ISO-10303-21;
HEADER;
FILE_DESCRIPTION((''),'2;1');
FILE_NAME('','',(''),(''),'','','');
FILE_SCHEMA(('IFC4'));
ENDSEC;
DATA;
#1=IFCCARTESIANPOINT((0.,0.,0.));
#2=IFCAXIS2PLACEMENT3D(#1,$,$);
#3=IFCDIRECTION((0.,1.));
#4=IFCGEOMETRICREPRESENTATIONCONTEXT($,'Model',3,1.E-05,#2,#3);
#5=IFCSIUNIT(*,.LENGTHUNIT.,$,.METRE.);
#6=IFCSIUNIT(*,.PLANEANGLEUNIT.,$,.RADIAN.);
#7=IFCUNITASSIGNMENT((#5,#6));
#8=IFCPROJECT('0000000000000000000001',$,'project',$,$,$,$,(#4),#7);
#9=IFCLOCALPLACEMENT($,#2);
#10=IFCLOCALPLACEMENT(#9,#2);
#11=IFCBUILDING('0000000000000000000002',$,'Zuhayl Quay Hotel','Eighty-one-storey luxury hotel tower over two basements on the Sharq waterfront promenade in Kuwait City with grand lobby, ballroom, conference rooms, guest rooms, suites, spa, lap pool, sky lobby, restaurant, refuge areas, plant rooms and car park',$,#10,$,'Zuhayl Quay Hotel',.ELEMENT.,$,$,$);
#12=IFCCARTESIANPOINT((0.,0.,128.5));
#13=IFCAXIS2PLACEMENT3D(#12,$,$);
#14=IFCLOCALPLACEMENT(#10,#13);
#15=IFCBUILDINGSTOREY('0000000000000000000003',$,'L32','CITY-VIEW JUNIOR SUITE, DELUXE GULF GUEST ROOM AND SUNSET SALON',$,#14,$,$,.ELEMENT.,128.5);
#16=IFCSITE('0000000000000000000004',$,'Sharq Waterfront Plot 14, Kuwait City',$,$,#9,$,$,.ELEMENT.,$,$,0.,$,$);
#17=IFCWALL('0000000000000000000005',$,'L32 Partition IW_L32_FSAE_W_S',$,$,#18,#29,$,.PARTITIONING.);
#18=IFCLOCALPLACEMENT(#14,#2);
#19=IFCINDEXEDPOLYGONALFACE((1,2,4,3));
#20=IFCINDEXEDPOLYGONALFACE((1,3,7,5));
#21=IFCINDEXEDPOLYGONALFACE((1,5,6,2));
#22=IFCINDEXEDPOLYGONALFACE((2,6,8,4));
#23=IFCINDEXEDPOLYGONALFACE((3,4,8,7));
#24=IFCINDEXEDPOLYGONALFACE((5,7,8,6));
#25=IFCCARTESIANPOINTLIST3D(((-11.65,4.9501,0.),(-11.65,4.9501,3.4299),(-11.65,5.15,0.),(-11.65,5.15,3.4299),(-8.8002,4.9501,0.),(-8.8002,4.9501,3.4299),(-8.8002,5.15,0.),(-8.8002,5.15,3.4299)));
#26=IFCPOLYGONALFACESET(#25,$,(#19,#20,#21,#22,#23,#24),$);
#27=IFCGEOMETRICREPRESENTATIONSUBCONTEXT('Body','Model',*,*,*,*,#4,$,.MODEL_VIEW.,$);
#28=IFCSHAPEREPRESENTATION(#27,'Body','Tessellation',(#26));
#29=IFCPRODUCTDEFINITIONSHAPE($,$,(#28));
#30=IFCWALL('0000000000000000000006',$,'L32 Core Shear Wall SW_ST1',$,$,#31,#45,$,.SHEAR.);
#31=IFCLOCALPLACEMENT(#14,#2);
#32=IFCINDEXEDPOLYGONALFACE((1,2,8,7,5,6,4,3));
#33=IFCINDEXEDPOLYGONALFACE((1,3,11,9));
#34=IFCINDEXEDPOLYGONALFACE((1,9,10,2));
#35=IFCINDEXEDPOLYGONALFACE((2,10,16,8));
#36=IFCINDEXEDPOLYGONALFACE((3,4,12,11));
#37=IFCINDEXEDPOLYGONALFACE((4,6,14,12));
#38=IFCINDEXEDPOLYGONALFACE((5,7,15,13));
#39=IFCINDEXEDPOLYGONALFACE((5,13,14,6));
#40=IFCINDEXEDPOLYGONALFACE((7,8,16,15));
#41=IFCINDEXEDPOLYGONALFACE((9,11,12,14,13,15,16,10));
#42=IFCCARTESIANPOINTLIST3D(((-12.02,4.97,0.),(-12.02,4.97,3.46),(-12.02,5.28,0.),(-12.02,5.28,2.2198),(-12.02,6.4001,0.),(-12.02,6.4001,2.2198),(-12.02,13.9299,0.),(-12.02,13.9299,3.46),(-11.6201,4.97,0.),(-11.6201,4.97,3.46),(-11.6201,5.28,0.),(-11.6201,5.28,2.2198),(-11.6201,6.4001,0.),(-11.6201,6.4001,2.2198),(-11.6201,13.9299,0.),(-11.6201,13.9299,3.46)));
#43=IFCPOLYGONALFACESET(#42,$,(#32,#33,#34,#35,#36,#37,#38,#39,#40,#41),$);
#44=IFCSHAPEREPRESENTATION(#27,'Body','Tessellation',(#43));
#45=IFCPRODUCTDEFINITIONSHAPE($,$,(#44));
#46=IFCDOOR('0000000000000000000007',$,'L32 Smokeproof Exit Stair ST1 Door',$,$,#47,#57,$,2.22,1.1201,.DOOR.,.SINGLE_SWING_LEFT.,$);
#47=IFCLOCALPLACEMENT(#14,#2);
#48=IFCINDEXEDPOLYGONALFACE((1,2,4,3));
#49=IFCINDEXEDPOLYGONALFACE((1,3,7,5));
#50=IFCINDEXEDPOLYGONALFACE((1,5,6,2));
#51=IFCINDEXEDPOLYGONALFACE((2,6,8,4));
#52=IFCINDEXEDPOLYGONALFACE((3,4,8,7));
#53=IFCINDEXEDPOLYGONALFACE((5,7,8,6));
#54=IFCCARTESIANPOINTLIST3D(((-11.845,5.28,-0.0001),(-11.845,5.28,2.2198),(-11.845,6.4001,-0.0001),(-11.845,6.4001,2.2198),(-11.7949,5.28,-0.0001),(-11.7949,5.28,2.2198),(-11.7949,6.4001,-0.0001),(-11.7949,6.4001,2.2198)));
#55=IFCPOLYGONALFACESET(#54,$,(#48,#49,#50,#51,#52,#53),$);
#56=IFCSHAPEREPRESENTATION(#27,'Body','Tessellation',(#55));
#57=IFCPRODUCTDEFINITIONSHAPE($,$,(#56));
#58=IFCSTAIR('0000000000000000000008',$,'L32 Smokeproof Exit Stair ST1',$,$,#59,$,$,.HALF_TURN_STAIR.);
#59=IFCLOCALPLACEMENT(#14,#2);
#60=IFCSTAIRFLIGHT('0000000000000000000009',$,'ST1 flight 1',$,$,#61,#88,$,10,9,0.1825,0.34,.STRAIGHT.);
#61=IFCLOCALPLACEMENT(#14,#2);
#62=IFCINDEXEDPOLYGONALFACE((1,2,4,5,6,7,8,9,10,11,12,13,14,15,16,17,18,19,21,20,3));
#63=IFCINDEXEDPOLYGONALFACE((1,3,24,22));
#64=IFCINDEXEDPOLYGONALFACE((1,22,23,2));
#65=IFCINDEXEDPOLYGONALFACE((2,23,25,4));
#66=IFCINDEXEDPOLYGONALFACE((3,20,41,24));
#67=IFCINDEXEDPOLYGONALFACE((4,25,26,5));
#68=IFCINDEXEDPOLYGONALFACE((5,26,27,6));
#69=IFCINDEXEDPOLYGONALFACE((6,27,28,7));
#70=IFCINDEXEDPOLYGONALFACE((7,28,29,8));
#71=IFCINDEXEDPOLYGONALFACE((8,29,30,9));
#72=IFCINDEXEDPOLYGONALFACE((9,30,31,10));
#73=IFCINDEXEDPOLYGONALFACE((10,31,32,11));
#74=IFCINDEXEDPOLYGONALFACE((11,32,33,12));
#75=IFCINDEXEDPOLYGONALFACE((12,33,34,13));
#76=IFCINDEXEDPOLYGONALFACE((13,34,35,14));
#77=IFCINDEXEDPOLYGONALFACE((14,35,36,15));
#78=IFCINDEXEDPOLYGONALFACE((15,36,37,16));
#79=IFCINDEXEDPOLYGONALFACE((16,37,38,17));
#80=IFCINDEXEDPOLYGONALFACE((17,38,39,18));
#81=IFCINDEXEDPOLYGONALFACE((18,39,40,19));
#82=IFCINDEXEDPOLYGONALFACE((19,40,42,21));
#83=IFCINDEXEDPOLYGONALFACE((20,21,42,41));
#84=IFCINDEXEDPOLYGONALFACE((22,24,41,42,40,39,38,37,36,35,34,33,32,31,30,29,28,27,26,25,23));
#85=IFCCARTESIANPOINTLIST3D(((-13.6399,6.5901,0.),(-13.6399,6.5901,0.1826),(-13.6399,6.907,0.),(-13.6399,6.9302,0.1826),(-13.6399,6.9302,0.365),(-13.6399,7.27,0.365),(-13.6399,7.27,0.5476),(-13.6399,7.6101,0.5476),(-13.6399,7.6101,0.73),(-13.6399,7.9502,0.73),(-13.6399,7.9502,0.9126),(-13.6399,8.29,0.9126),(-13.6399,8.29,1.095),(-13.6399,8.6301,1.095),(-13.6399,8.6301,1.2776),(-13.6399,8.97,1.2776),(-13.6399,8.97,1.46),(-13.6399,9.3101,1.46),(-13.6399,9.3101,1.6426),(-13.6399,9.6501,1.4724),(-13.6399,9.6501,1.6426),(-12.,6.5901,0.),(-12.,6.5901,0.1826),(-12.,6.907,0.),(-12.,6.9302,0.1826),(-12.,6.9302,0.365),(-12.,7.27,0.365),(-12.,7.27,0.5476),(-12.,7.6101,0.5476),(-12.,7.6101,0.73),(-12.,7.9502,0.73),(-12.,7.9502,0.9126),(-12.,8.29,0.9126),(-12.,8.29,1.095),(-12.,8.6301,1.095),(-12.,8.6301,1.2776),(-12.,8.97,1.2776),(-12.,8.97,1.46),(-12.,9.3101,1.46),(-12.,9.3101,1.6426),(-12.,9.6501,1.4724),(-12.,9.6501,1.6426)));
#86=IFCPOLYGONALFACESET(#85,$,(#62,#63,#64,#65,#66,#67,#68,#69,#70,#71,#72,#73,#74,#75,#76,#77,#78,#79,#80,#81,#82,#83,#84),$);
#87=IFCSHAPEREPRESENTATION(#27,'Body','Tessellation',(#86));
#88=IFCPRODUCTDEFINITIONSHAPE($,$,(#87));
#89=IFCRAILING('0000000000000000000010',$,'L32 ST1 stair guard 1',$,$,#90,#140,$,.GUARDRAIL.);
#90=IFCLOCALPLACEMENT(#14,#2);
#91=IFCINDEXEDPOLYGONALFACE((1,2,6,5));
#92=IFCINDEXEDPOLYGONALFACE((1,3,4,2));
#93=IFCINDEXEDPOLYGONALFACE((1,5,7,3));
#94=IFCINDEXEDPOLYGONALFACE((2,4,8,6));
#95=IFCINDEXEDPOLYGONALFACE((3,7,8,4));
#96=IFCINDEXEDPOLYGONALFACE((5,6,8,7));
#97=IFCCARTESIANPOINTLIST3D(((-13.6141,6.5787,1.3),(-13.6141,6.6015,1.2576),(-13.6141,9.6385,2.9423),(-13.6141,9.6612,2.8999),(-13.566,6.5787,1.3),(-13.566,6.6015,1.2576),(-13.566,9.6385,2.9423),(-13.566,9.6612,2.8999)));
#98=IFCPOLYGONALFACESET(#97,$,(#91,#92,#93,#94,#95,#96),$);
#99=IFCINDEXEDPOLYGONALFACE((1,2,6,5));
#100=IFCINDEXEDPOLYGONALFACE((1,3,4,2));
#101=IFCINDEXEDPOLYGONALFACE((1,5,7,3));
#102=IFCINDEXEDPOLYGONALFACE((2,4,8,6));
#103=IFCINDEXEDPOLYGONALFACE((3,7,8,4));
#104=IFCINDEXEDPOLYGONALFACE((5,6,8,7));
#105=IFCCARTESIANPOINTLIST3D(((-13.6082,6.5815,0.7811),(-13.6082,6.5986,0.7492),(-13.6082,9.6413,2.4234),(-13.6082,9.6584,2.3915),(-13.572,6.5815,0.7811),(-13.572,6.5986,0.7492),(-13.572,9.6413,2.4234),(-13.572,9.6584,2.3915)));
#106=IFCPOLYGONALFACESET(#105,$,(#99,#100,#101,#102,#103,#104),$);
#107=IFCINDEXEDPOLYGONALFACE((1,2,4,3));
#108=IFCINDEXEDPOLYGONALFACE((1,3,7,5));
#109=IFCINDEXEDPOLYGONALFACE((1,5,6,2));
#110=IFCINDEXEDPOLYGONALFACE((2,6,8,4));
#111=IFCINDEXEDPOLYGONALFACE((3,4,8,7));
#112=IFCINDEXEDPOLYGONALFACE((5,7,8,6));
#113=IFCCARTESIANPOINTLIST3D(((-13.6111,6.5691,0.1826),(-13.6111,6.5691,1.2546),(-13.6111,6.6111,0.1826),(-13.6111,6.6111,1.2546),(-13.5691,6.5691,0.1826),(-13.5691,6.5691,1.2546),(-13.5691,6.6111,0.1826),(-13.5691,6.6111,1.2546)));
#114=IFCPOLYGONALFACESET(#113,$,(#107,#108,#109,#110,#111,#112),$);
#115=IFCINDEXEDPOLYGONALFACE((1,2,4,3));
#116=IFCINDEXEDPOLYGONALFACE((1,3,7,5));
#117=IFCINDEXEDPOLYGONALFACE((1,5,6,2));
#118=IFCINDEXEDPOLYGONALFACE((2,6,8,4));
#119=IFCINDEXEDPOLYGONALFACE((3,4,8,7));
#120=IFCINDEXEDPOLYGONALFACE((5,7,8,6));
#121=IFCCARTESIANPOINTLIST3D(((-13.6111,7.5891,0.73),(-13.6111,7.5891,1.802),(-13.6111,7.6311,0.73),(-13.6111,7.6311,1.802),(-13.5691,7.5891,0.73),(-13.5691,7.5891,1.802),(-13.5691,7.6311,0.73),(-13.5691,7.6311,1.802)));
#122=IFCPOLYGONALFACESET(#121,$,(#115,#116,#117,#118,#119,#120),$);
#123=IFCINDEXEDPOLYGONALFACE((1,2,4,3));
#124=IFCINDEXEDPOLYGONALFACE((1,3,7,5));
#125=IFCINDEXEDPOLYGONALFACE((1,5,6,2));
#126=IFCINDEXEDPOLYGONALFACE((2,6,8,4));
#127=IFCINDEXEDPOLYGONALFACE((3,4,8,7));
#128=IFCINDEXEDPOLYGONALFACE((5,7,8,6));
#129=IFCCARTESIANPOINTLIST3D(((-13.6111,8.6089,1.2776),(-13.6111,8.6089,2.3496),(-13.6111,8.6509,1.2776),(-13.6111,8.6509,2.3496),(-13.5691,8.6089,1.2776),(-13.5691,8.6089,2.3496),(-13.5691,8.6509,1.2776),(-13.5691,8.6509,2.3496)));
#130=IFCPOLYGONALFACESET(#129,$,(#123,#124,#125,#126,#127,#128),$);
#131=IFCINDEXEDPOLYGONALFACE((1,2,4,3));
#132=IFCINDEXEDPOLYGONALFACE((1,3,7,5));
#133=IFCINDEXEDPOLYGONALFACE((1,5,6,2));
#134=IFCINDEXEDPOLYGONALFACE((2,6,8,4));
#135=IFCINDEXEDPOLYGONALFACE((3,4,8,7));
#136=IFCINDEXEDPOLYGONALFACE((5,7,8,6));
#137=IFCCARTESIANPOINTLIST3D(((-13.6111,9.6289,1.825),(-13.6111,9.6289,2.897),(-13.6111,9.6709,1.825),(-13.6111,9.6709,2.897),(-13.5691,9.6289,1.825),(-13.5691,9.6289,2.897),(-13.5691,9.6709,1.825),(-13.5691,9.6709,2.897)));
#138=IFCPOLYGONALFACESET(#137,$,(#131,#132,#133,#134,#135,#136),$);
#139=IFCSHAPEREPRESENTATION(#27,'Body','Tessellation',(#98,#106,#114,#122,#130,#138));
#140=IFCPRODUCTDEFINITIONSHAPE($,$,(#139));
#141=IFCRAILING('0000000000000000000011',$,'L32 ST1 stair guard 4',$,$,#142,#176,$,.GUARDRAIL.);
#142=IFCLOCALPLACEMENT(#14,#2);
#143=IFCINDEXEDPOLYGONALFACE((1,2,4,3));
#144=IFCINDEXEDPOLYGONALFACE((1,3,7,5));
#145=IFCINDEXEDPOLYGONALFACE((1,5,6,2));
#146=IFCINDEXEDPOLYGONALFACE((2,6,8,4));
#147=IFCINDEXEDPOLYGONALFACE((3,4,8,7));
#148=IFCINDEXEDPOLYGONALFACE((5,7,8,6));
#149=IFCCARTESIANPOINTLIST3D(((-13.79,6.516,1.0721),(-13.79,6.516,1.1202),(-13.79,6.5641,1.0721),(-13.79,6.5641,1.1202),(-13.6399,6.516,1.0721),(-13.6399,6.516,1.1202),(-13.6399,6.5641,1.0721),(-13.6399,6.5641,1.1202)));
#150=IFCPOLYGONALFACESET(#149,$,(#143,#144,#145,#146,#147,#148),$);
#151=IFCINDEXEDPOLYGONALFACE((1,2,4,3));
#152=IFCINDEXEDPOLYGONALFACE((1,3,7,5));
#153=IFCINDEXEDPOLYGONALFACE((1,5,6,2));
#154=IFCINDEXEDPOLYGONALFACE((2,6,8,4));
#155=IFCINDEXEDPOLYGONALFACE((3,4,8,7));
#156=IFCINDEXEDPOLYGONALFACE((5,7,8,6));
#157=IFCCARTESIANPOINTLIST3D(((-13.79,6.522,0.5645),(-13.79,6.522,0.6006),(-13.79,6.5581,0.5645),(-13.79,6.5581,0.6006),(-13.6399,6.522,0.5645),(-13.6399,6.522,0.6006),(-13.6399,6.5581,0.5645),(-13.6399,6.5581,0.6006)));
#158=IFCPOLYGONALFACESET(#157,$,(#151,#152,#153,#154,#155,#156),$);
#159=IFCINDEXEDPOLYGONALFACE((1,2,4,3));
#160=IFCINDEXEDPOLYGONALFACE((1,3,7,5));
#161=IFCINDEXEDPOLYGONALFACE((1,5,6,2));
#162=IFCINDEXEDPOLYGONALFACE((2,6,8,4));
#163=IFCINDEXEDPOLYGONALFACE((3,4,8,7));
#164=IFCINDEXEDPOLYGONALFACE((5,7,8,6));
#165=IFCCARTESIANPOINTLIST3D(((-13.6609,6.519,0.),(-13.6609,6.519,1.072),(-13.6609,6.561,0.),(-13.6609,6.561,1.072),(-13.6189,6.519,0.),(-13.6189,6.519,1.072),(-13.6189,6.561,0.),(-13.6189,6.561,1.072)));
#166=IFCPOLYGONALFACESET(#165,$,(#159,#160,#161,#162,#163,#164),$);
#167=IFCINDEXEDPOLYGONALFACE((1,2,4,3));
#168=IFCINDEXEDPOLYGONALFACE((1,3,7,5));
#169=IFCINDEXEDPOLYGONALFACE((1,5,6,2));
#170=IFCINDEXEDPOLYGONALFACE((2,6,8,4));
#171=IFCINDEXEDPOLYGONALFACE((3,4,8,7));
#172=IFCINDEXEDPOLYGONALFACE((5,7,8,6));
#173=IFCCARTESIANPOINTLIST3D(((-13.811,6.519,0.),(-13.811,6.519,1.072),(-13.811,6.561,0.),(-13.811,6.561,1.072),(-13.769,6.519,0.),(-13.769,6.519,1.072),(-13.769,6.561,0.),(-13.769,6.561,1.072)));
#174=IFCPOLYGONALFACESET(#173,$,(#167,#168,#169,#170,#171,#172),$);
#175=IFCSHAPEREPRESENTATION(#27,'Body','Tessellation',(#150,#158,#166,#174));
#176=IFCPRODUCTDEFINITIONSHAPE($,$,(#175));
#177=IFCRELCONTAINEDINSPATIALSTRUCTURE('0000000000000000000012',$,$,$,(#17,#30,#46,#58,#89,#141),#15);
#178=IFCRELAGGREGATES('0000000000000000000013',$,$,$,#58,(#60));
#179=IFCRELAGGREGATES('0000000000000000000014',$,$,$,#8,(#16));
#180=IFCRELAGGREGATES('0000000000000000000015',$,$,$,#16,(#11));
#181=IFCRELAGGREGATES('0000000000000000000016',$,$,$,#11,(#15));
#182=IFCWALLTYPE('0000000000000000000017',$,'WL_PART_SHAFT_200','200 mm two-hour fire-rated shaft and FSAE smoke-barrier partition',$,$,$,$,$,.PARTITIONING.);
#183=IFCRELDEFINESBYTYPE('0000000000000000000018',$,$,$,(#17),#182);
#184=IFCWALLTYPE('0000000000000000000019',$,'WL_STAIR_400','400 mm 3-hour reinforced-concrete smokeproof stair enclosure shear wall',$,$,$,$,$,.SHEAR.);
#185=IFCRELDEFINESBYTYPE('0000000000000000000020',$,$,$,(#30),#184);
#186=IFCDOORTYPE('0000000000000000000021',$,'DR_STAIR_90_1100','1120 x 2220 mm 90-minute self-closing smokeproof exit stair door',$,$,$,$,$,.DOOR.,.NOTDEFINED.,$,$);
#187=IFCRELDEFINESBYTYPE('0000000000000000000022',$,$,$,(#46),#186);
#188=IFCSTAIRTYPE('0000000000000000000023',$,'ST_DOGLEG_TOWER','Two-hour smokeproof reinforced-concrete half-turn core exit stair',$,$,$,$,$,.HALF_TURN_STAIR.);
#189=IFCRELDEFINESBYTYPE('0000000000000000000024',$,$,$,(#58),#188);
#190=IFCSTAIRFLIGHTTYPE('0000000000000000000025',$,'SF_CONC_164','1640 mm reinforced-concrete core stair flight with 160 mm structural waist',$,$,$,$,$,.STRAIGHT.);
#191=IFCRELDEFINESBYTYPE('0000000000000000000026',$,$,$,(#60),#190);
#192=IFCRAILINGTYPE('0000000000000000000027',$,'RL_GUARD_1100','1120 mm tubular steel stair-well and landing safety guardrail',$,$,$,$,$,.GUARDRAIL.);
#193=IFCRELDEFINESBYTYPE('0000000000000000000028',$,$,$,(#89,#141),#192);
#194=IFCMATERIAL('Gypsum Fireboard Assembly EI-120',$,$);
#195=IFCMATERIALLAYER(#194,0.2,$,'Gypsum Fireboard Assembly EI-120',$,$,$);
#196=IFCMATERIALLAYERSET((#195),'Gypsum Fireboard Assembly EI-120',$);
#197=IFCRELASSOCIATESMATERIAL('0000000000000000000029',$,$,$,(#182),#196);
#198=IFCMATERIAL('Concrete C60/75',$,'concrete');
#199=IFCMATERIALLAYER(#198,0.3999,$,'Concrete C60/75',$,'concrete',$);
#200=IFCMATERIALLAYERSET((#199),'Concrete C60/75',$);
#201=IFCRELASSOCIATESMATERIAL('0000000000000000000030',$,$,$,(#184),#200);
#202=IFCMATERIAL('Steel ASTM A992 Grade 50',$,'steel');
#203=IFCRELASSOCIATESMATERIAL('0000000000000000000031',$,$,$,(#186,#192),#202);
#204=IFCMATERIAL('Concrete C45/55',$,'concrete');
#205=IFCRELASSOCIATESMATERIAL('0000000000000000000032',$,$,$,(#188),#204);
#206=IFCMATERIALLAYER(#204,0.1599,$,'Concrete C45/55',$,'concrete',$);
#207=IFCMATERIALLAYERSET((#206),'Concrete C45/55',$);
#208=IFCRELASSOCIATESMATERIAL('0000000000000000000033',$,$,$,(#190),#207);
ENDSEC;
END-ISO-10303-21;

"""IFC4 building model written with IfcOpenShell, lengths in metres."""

from ifc_helpers import new_model, si_unit, direction, frame, frame_2d, origin, origin_2d, place, context, subcontext, project, spatial, polyline, rectangle, outline, extrude, material, layer, layer_set, type_object, element, fill, aggregate, save


model = new_model("IFC4")

# Units and contexts
model_context = context("Model", 3, precision=1e-05, world=origin(), true_north=direction((0.0, 1.0)))
body_context = subcontext(model_context, "Body", "Model", "MODEL_VIEW")
ifc_project = project(units=[si_unit("LENGTHUNIT", "METRE"), si_unit("PLANEANGLEUNIT", "RADIAN")], contexts=[model_context])

# Site, building, storey
site_placement = place(None, origin())
site = spatial("IfcSite", under=ifc_project, at=site_placement, Name="Sharq Waterfront Plot 14, Kuwait City", CompositionType="ELEMENT", RefElevation=0.0)
building_placement = place(site_placement, origin())
building = spatial("IfcBuilding", under=site, at=building_placement, Name="Zuhayl Quay Hotel", Description="Eighty-one-storey luxury hotel tower over two basements on the Sharq waterfront promenade in Kuwait City with grand lobby, ballroom, conference rooms, guest rooms, suites, spa, lap pool, sky lobby, restaurant, refuge areas, plant rooms and car park", LongName="Zuhayl Quay Hotel", CompositionType="ELEMENT")
storey_placement = place(building_placement, frame((0.0, 0.0, 128.5)))
storey = spatial("IfcBuildingStorey", under=building, at=storey_placement, Name="L32", Description="CITY-VIEW JUNIOR SUITE, DELUXE GULF GUEST ROOM AND SUNSET SALON", CompositionType="ELEMENT", Elevation=128.5)

# Shared definitions
ifc_material_1 = material(Name="Steel ASTM A992 Grade 50", Category="steel")
ifc_material_2 = material(Name="Concrete C60/75", Category="concrete")

# Wall
ifc_material_3 = material(Name="Gypsum Fireboard Assembly EI-120")
ifc_layer_1 = layer(ifc_material_3, 0.2, Name="Gypsum Fireboard Assembly EI-120")
ifc_layer_set_1 = layer_set([ifc_layer_1], Name="Gypsum Fireboard Assembly EI-120")
wall_type_1 = type_object("IfcWallType", Name="WL_PART_SHAFT_200", Description="200 mm two-hour fire-rated shaft and FSAE smoke-barrier partition", PredefinedType="PARTITIONING", material=ifc_layer_set_1)
wall_1_placement = place(storey_placement, frame((-11.6499, 5.05, 0.0), z_axis=(0.0, 0.0, 1.0), x_axis=(1.0, 0.0, 0.0)))
element("IfcWall", 1, at=wall_1_placement, inside=storey, type_object=wall_type_1, Name="L32 Partition IW_L32_FSAE_W_S", PredefinedType="PARTITIONING", context=body_context, shape_type="SweptSolid", body=[
    extrude(rectangle(XDim=2.8499, YDim=0.2, at=frame_2d((1.4248, 0.0))), origin(), (0.0, 0.0, 1.0), 3.4299),
])

# Wall, opening, door
ifc_layer_2 = layer(ifc_material_2, 0.3999, Name="Concrete C60/75", Category="concrete")
ifc_layer_set_2 = layer_set([ifc_layer_2], Name="Concrete C60/75")
wall_type_2 = type_object("IfcWallType", Name="WL_STAIR_400", Description="400 mm 3-hour reinforced-concrete smokeproof stair enclosure shear wall", PredefinedType="SHEAR", material=ifc_layer_set_2)
wall_2_placement = place(storey_placement, frame((-11.8201, 4.97, 0.0), z_axis=(0.0, 0.0, 1.0), x_axis=(0.0, 1.0, 0.0)))
wall_2 = element("IfcWall", 2, at=wall_2_placement, inside=storey, type_object=wall_type_2, Name="L32 Core Shear Wall SW_ST1", PredefinedType="SHEAR", context=body_context, shape_type="SweptSolid", body=[
    extrude(rectangle(XDim=8.96, YDim=0.3999, at=frame_2d((4.48, 0.0))), origin(), (0.0, 0.0, 1.0), 3.46),
])
opening_1_placement = place(wall_2_placement, frame((0.3101, 0.0, 0.0)))
opening_1 = element("IfcOpeningElement", 3, at=opening_1_placement, cuts=wall_2, PredefinedType="OPENING", context=body_context, shape_type="SweptSolid", body=[
    extrude(rectangle(XDim=1.1201, YDim=2.22, at=frame_2d((0.5601, 1.1099))), frame((0.0, 0.21, 0.0), z_axis=(0.0, -1.0, 0.0), x_axis=(1.0, 0.0, 0.0)), (0.0, 0.0, 1.0), 0.4199),
])
door_type_1 = type_object("IfcDoorType", Name="DR_STAIR_90_1100", Description="1120 x 2220 mm 90-minute self-closing smokeproof exit stair door", OperationType="NOTDEFINED", PredefinedType="DOOR", material=ifc_material_1)
door_1_placement = place(opening_1_placement, origin())
door_1 = element("IfcDoor", 4, at=door_1_placement, inside=storey, type_object=door_type_1, Name="L32 Smokeproof Exit Stair ST1 Door", OperationType="SINGLE_SWING_LEFT", OverallHeight=2.22, OverallWidth=1.1201, PredefinedType="DOOR", context=body_context, shape_type="SweptSolid", body=[
    extrude(rectangle(XDim=1.1201, YDim=2.22, at=frame_2d((0.5601, 1.1099))), frame((0.0, 0.0249, 0.0), z_axis=(0.0, -1.0, 0.0), x_axis=(1.0, 0.0, 0.0)), (0.0, 0.0, 1.0), 0.05),
])
fill(opening_1, door_1)

# Stair, stair flight
ifc_material_4 = material(Name="Concrete C45/55", Category="concrete")
stair_type = type_object("IfcStairType", Name="ST_DOGLEG_TOWER", Description="Two-hour smokeproof reinforced-concrete half-turn core exit stair", PredefinedType="HALF_TURN_STAIR", material=ifc_material_4)
stair_placement = place(storey_placement, origin())
stair = element("IfcStair", 5, at=stair_placement, inside=storey, type_object=stair_type, Name="L32 Smokeproof Exit Stair ST1", PredefinedType="HALF_TURN_STAIR")
ifc_layer_3 = layer(ifc_material_4, 0.1599, Name="Concrete C45/55", Category="concrete")
ifc_layer_set_3 = layer_set([ifc_layer_3], Name="Concrete C45/55")
stair_flight_type = type_object("IfcStairFlightType", Name="SF_CONC_164", Description="1640 mm reinforced-concrete core stair flight with 160 mm structural waist", PredefinedType="STRAIGHT", material=ifc_layer_set_3)
stair_flight_placement = place(storey_placement, frame((-12.8201, 6.5901, 0.0), z_axis=(0.0, 0.0, 1.0), x_axis=(0.0, 1.0, 0.0)))
stair_flight = element("IfcStairFlight", 6, at=stair_flight_placement, type_object=stair_flight_type, Name="ST1 flight 1", NumberOfRisers=10, NumberOfTreads=9, PredefinedType="STRAIGHT", RiserHeight=0.1825, TreadLength=0.34, context=body_context, shape_type="SweptSolid", body=[
    extrude(outline(polyline([(0.0, 0.0), (0.0, 0.1826), (0.3401, 0.1826), (0.3401, 0.365), (0.6799, 0.365), (0.6799, 0.5476), (1.02, 0.5476), (1.02, 0.73), (1.3601, 0.73), (1.3601, 0.9126), (1.7, 0.9126), (1.7, 1.095), (2.04, 1.095), (2.04, 1.2776), (2.3799, 1.2776), (2.3799, 1.46), (2.72, 1.46), (2.72, 1.6426), (3.0601, 1.6426), (3.0601, 1.825), (3.0601, 1.4724), (0.3169, 0.0), (0.0, 0.0)])), frame((0.0, 0.8198, 0.0), z_axis=(0.0, -1.0, 0.0), x_axis=(1.0, 0.0, 0.0)), (0.0, 0.0, 1.0), 1.6399),
])
aggregate(stair, [stair_flight])

# Railings
railing_type = type_object("IfcRailingType", Name="RL_GUARD_1100", Description="1120 mm tubular steel stair-well and landing safety guardrail", PredefinedType="GUARDRAIL", material=ifc_material_1)
railing_1_placement = place(storey_placement, frame((-13.5901, 6.5901, 0.1826)))
element("IfcRailing", 7, at=railing_1_placement, inside=storey, type_object=railing_type, Name="L32 ST1 stair guard 1", PredefinedType="GUARDRAIL", context=body_context, shape_type="SweptSolid", body=[
    extrude(rectangle(XDim=0.0481, YDim=0.0481, at=origin_2d()), frame((0.0, 0.0, 1.0962), z_axis=(0.0, 0.881102, 0.472926), x_axis=(-1.0, 0.0, 0.0)), (0.0, 0.0, 1.0), 3.4727),
    extrude(rectangle(XDim=0.0361, YDim=0.0361, at=origin_2d()), frame((0.0, 0.0, 0.5825), z_axis=(0.0, 0.881102, 0.472926), x_axis=(-1.0, 0.0, 0.0)), (0.0, 0.0, 1.0), 3.4727),
    extrude(rectangle(XDim=0.042, YDim=0.042, at=origin_2d()), origin(), (0.0, 0.0, 1.0), 1.072),
    extrude(rectangle(XDim=0.042, YDim=0.042, at=origin_2d()), frame((0.0, 1.02, 0.5474)), (0.0, 0.0, 1.0), 1.072),
    extrude(rectangle(XDim=0.042, YDim=0.042, at=origin_2d()), frame((0.0, 2.0398, 1.095)), (0.0, 0.0, 1.0), 1.072),
    extrude(rectangle(XDim=0.042, YDim=0.042, at=origin_2d()), frame((0.0, 3.0598, 1.6423)), (0.0, 0.0, 1.0), 1.072),
])
railing_2_placement = place(storey_placement, frame((-13.6399, 6.54, 0.0)))
element("IfcRailing", 8, at=railing_2_placement, inside=storey, type_object=railing_type, Name="L32 ST1 stair guard 4", PredefinedType="GUARDRAIL", context=body_context, shape_type="SweptSolid", body=[
    extrude(rectangle(XDim=0.0481, YDim=0.0481, at=origin_2d()), frame((0.0, 0.0, 1.0962), z_axis=(-1.0, 0.0, 0.0), x_axis=(0.0, -1.0, 0.0)), (0.0, 0.0, 1.0), 0.1501),
    extrude(rectangle(XDim=0.0361, YDim=0.0361, at=origin_2d()), frame((0.0, 0.0, 0.5825), z_axis=(-1.0, 0.0, 0.0), x_axis=(0.0, -1.0, 0.0)), (0.0, 0.0, 1.0), 0.1501),
    extrude(rectangle(XDim=0.042, YDim=0.042, at=origin_2d()), origin(), (0.0, 0.0, 1.0), 1.072),
    extrude(rectangle(XDim=0.042, YDim=0.042, at=origin_2d()), frame((-0.1501, 0.0, 0.0)), (0.0, 0.0, 1.0), 1.072),
])

save(model, "model.ifc")
